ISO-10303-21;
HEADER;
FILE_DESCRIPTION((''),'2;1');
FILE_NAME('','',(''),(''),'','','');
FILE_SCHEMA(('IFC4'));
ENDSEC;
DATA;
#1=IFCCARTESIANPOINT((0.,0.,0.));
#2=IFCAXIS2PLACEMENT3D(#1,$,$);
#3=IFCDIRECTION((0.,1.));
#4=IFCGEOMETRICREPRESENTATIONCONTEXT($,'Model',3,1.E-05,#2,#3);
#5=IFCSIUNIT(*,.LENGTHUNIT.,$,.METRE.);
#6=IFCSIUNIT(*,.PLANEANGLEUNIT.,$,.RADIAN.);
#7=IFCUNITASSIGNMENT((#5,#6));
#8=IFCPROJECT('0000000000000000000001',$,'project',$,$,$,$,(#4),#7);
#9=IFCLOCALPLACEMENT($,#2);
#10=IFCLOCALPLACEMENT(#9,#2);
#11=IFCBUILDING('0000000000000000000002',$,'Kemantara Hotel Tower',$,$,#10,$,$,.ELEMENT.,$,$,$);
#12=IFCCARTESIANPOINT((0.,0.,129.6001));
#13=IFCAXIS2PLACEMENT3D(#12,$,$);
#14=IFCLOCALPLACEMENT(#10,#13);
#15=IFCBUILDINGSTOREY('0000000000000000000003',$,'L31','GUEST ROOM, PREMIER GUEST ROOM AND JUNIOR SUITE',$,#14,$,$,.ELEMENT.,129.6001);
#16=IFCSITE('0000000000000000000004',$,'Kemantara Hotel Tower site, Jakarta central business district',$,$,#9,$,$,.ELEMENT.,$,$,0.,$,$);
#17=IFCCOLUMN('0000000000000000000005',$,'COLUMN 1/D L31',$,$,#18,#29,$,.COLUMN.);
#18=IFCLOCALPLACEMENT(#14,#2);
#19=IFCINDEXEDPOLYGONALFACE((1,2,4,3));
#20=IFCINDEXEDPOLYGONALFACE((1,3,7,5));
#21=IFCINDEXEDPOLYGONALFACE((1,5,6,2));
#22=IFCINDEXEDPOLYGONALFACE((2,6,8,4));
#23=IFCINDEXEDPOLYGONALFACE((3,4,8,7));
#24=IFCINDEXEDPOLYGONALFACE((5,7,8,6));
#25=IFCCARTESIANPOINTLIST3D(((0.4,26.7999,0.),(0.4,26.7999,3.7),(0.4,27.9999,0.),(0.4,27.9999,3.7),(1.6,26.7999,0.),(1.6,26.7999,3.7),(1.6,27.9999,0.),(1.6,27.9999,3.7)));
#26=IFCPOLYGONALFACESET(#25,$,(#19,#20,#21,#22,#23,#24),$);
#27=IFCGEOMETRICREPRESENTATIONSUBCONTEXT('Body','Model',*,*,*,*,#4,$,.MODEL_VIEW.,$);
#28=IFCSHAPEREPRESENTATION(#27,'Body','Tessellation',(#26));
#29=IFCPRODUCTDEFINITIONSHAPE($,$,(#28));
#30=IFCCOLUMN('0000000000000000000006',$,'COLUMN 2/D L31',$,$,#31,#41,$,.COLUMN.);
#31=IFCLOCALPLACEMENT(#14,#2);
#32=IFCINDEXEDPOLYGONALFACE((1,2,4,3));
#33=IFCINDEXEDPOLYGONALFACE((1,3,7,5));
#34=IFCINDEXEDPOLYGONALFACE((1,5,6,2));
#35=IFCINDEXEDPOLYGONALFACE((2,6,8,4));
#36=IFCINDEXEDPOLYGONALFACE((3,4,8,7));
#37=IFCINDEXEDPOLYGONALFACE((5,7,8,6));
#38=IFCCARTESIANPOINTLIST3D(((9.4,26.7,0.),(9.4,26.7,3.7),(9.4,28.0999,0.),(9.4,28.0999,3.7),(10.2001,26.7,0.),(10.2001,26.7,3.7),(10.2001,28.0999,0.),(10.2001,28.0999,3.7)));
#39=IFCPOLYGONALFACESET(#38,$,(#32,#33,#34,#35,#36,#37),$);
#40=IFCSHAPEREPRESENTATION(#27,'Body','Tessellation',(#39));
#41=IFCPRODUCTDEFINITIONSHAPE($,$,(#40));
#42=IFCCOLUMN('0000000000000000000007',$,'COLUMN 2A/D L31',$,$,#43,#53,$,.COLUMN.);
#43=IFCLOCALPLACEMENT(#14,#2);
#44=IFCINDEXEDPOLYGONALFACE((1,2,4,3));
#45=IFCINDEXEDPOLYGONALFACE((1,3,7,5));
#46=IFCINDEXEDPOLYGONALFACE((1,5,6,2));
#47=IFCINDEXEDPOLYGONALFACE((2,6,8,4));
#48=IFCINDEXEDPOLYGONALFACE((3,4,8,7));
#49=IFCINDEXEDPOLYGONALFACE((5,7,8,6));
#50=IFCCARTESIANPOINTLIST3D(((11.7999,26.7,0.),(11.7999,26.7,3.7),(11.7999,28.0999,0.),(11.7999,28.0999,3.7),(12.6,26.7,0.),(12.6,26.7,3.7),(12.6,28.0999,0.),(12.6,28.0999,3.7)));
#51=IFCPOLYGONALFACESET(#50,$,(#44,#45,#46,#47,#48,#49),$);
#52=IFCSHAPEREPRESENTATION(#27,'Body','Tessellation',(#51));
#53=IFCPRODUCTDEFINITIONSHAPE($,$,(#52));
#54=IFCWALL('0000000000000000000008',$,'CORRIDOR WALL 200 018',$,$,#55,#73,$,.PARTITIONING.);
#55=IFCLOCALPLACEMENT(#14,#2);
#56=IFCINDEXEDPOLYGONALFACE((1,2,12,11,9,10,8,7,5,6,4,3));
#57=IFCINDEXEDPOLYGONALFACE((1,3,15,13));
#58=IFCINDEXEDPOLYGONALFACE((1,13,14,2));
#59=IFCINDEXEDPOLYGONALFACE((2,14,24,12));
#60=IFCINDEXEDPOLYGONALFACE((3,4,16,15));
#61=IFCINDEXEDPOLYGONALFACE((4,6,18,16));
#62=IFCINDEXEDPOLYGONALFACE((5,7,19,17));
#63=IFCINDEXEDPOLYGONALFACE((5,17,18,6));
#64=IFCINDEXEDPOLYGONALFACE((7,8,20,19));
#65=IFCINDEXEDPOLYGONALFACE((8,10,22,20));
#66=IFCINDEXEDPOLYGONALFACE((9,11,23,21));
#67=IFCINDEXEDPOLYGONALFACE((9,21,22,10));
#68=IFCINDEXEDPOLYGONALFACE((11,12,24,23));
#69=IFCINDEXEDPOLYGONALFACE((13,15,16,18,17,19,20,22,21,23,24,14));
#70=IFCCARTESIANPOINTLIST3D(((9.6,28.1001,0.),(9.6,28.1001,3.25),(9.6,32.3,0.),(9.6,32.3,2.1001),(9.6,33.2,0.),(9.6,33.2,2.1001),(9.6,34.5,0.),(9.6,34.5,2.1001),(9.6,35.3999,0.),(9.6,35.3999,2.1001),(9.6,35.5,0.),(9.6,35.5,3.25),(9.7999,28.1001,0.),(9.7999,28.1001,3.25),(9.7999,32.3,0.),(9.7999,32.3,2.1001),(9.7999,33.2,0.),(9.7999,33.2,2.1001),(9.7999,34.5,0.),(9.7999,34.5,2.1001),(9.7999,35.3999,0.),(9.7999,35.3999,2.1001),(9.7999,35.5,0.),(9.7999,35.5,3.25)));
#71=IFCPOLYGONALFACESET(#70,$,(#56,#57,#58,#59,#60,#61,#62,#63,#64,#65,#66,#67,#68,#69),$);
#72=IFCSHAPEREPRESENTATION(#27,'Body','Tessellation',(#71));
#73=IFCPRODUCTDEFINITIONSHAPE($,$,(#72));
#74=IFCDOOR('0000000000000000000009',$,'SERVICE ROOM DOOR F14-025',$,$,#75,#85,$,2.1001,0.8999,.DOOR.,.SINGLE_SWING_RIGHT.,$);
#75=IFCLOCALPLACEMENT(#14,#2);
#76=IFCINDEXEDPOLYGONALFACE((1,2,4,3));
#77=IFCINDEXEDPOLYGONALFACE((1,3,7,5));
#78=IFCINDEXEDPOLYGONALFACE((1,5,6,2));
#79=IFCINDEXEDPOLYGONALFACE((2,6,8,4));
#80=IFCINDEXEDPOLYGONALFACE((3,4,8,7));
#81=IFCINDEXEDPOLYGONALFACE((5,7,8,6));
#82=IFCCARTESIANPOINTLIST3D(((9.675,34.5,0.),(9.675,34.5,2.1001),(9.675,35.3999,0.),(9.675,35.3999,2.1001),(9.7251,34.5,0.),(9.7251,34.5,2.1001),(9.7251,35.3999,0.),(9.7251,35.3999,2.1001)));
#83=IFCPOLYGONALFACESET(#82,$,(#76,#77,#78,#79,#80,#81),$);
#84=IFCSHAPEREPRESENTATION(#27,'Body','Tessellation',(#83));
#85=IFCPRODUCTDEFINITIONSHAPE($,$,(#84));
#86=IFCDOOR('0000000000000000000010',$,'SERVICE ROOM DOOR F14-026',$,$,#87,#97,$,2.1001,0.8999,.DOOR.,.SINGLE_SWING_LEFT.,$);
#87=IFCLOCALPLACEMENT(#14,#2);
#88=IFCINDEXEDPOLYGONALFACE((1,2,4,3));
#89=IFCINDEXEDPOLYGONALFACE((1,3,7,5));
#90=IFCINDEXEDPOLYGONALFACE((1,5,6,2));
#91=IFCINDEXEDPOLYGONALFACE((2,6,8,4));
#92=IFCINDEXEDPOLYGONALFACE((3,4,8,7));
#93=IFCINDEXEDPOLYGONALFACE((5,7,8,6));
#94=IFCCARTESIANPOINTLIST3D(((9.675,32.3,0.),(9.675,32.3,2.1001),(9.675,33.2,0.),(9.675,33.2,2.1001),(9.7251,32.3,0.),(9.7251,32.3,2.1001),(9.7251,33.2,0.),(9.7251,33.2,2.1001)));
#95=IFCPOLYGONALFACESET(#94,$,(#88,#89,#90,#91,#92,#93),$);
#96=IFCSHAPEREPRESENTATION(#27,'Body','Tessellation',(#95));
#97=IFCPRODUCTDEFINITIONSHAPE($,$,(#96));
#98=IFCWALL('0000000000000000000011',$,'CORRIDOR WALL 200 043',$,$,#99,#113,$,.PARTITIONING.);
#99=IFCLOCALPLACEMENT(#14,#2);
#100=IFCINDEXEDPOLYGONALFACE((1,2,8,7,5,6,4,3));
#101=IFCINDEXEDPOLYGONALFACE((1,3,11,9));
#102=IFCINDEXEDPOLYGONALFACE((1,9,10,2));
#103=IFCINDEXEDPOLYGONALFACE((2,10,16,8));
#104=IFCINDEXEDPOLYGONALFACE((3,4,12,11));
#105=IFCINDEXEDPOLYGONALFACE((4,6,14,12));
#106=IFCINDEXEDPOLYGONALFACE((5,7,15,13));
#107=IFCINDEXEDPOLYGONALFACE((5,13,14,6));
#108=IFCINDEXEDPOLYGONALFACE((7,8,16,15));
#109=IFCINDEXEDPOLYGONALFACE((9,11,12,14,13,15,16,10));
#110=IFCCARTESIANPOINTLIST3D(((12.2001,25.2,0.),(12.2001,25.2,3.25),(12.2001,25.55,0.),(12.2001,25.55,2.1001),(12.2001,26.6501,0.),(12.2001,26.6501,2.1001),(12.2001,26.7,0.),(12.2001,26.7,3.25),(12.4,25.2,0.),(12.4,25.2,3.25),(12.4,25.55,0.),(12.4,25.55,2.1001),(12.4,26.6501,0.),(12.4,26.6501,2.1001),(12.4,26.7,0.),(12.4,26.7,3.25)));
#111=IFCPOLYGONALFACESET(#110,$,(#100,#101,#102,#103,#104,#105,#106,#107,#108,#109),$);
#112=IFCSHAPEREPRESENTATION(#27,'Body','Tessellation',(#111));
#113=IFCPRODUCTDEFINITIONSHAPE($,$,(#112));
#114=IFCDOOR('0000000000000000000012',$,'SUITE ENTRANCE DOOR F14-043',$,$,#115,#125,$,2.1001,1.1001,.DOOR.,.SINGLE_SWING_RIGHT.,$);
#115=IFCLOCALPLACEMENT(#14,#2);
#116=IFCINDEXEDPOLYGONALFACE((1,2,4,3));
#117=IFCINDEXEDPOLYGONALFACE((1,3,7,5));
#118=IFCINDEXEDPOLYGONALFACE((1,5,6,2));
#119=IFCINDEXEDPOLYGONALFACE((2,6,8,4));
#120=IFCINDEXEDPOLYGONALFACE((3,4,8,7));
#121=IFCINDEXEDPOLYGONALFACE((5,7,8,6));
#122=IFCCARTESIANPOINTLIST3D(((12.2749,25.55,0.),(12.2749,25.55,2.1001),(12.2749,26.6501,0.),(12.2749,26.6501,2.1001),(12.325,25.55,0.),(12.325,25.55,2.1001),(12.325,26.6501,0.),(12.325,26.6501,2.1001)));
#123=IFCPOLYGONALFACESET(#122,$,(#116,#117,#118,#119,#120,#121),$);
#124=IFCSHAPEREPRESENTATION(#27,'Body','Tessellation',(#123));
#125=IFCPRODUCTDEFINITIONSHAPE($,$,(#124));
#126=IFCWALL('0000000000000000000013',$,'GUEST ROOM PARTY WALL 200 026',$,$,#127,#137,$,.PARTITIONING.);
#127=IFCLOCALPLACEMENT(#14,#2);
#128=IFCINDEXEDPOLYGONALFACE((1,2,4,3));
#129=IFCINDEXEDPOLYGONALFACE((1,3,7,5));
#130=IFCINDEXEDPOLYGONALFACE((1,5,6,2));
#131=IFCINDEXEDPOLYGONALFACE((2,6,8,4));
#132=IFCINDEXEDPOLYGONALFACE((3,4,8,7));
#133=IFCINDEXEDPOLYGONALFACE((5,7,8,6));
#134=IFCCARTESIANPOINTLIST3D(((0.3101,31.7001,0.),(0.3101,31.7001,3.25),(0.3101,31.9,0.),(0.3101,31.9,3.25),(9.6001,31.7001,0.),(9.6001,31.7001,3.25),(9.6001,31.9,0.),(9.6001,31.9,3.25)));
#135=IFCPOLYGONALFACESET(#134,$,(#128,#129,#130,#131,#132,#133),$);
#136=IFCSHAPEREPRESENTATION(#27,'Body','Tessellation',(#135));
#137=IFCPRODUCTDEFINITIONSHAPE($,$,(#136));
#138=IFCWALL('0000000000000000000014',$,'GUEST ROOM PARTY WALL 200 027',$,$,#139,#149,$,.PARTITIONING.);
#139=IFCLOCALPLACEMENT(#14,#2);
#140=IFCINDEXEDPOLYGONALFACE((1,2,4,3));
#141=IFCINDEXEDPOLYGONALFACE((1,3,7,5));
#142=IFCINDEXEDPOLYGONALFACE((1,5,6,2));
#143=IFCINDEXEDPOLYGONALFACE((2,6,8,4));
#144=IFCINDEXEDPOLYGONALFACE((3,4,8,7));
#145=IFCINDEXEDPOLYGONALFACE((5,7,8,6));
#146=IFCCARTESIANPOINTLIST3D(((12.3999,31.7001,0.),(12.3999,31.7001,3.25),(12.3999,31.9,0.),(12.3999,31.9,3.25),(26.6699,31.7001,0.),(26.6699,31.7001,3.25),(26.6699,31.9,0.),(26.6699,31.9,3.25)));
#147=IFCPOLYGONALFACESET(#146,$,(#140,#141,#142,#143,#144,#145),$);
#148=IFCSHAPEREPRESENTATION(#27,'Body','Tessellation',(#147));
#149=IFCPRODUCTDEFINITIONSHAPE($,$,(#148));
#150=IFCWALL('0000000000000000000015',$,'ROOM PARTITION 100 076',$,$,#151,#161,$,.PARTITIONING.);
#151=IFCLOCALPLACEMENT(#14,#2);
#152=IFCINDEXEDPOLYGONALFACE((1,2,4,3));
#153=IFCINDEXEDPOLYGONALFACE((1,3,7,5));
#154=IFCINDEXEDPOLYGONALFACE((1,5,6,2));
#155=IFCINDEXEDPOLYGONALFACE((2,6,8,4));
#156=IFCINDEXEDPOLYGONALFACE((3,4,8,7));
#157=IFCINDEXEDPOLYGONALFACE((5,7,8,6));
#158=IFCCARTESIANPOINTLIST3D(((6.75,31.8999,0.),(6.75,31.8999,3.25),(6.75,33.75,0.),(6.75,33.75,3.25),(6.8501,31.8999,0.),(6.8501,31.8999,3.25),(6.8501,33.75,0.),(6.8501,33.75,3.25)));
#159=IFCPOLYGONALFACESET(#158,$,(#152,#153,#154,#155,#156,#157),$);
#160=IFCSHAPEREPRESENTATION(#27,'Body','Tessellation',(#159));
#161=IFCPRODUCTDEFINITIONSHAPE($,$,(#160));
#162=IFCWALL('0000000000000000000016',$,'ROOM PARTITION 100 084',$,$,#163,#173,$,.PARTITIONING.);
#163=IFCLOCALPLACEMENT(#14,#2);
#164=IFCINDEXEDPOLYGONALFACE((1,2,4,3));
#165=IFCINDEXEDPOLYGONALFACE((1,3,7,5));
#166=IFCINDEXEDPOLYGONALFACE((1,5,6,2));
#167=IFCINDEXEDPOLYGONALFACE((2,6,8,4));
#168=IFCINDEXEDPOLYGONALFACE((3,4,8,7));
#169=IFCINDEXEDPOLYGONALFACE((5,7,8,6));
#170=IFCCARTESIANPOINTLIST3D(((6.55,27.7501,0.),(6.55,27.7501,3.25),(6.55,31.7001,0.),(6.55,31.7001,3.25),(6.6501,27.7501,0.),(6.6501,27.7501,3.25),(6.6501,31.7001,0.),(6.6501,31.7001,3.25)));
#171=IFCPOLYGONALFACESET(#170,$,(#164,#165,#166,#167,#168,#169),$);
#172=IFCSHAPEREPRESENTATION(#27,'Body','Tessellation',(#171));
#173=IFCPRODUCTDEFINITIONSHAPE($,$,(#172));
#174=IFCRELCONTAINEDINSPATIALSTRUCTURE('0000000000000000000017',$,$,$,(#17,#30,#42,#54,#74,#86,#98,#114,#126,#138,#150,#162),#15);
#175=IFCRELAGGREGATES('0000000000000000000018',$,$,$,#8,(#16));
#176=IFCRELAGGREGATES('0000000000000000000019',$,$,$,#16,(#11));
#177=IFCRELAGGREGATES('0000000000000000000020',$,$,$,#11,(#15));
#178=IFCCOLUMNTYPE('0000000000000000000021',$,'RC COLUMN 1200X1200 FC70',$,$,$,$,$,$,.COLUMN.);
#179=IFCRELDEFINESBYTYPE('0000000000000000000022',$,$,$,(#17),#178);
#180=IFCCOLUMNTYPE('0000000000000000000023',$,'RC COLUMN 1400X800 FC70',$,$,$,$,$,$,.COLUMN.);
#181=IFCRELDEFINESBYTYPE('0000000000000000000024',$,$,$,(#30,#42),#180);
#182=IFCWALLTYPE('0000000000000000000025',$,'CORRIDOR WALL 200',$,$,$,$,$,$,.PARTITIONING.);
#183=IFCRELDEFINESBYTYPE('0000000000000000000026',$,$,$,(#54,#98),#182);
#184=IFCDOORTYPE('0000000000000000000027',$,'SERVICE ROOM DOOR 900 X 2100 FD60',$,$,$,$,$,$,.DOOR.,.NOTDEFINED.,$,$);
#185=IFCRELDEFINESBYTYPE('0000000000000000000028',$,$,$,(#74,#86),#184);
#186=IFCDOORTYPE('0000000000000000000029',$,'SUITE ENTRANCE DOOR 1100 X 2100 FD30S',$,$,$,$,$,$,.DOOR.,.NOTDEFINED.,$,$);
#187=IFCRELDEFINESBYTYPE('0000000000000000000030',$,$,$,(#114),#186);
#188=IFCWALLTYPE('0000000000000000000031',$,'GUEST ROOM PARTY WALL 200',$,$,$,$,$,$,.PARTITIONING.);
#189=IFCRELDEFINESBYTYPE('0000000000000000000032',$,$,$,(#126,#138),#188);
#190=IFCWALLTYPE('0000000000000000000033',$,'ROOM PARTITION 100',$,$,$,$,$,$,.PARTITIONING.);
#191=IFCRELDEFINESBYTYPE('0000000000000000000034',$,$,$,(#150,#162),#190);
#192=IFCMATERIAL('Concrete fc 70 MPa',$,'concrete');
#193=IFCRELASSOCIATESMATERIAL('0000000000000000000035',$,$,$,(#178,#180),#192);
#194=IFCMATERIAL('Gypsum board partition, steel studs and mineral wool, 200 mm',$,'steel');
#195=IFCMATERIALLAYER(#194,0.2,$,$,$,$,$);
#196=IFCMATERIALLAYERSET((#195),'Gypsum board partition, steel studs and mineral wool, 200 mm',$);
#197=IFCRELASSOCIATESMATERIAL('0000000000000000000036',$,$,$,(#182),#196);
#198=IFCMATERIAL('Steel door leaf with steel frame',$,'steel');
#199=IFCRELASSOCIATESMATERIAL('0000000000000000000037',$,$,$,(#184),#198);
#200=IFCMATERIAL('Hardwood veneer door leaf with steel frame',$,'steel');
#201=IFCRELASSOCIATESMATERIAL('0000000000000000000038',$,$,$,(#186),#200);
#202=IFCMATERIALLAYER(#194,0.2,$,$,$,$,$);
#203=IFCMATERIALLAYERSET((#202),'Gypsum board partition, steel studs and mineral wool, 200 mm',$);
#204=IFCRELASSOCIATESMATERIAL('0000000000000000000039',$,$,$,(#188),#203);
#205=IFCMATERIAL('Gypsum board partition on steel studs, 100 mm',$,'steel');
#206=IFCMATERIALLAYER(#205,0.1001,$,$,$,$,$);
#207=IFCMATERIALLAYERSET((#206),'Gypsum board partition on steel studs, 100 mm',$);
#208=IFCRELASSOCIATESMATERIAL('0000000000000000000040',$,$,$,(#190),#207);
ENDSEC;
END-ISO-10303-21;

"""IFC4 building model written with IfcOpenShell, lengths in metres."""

from ifc_helpers import new_model, si_unit, direction, frame, frame_2d, origin, origin_2d, place, context, subcontext, project, spatial, rectangle, extrude, material, layer, layer_set, material_profile, profile_set, type_object, element, fill, save


model = new_model("IFC4")

# Units and contexts
model_context = context("Model", 3, precision=1e-05, world=origin(), true_north=direction((0.0, 1.0)))
body_context = subcontext(model_context, "Body", "Model", "MODEL_VIEW")
ifc_project = project(units=[si_unit("LENGTHUNIT", "METRE"), si_unit("PLANEANGLEUNIT", "RADIAN")], contexts=[model_context])

# Site, building, storey
site_placement = place(None, origin())
site = spatial("IfcSite", under=ifc_project, at=site_placement, Name="Kemantara Hotel Tower site, Jakarta central business district", CompositionType="ELEMENT", RefElevation=0.0)
building_placement = place(site_placement, origin())
building = spatial("IfcBuilding", under=site, at=building_placement, Name="Kemantara Hotel Tower", CompositionType="ELEMENT")
storey_placement = place(building_placement, frame((0.0, 0.0, 129.6001)))
storey = spatial("IfcBuildingStorey", under=building, at=storey_placement, Name="L31", Description="GUEST ROOM, PREMIER GUEST ROOM AND JUNIOR SUITE", CompositionType="ELEMENT", Elevation=129.6001)

# Columns
ifc_material_1 = material(Name="Concrete fc 70 MPa", Category="concrete")
ifc_material_profile_1 = material_profile(ifc_material_1, rectangle(XDim=1.2, YDim=1.2, at=origin_2d()), Name="RC 1200X1200")
ifc_profile_set_1 = profile_set([ifc_material_profile_1], Name="Concrete fc 70 MPa")
column_type_1 = type_object("IfcColumnType", Name="RC COLUMN 1200X1200 FC70", PredefinedType="COLUMN", material=ifc_profile_set_1)
column_placement = place(storey_placement, frame((1.0, 27.3999, 0.0), z_axis=(0.0, 0.0, 1.0), x_axis=(1.0, 0.0, 0.0)))
element("IfcColumn", 1, at=column_placement, inside=storey, type_object=column_type_1, Name="COLUMN 1/D L31", PredefinedType="COLUMN", context=body_context, shape_type="SweptSolid", body=[
    extrude(rectangle(XDim=1.2, YDim=1.2, at=origin_2d()), origin(), (0.0, 0.0, 1.0), 3.7),
])
ifc_material_profile_2 = material_profile(ifc_material_1, rectangle(XDim=1.3999, YDim=0.8, at=origin_2d()), Name="RC 1400X800")
ifc_profile_set_2 = profile_set([ifc_material_profile_2], Name="Concrete fc 70 MPa")
column_type_2 = type_object("IfcColumnType", Name="RC COLUMN 1400X800 FC70", PredefinedType="COLUMN", material=ifc_profile_set_2)
for number, where, z_axis, x_axis, name in (
    (2, (9.8, 27.3999, 0.0), (0.0, 0.0, 1.0), (0.0, 1.0, 0.0), "COLUMN 2/D L31"),
    (3, (12.2, 27.3999, 0.0), (0.0, 0.0, 1.0), (0.0, 1.0, 0.0), "COLUMN 2A/D L31"),
):
    element("IfcColumn", number, at=place(storey_placement, frame(where, z_axis=z_axis, x_axis=x_axis)), inside=storey, type_object=column_type_2, Name=name, PredefinedType="COLUMN", context=body_context, shape_type="SweptSolid", body=[
        extrude(rectangle(XDim=1.3999, YDim=0.8, at=origin_2d()), origin(), (0.0, 0.0, 1.0), 3.7),
    ])

# Wall, openings, doors
ifc_material_2 = material(Name="Gypsum board partition, steel studs and mineral wool, 200 mm", Category="steel")
ifc_layer_1 = layer(ifc_material_2, 0.2)
ifc_layer_set_1 = layer_set([ifc_layer_1], Name="Gypsum board partition, steel studs and mineral wool, 200 mm")
wall_type_1 = type_object("IfcWallType", Name="CORRIDOR WALL 200", PredefinedType="PARTITIONING", material=ifc_layer_set_1)
wall_1_placement = place(storey_placement, frame((9.7, 28.1001, 0.0), z_axis=(0.0, 0.0, 1.0), x_axis=(0.0, 1.0, 0.0)))
wall_1 = element("IfcWall", 4, at=wall_1_placement, inside=storey, type_object=wall_type_1, Name="CORRIDOR WALL 200 018", PredefinedType="PARTITIONING", context=body_context, shape_type="SweptSolid", body=[
    extrude(rectangle(XDim=7.3999, YDim=0.2, at=frame_2d((3.7, 0.0))), origin(), (0.0, 0.0, 1.0), 3.25),
])
opening_1_placement = place(wall_1_placement, frame((6.3999, 0.0, 0.0)))
opening_1 = element("IfcOpeningElement", 5, at=opening_1_placement, cuts=wall_1, PredefinedType="OPENING", context=body_context, shape_type="SweptSolid", body=[
    extrude(rectangle(XDim=0.8999, YDim=2.1001, at=frame_2d((0.45, 1.05))), frame((0.0, 0.1099, 0.0), z_axis=(0.0, -1.0, 0.0), x_axis=(1.0, 0.0, 0.0)), (0.0, 0.0, 1.0), 0.22),
])
opening_2_placement = place(wall_1_placement, frame((4.2, 0.0, 0.0)))
opening_2 = element("IfcOpeningElement", 6, at=opening_2_placement, cuts=wall_1, PredefinedType="OPENING", context=body_context, shape_type="SweptSolid", body=[
    extrude(rectangle(XDim=0.8999, YDim=2.1001, at=frame_2d((0.45, 1.05))), frame((0.0, 0.1099, 0.0), z_axis=(0.0, -1.0, 0.0), x_axis=(1.0, 0.0, 0.0)), (0.0, 0.0, 1.0), 0.22),
])
ifc_material_3 = material(Name="Steel door leaf with steel frame", Category="steel")
door_type_1 = type_object("IfcDoorType", Name="SERVICE ROOM DOOR 900 X 2100 FD60", OperationType="NOTDEFINED", PredefinedType="DOOR", material=ifc_material_3)
door_1_placement = place(opening_1_placement, origin())
door_1 = element("IfcDoor", 7, at=door_1_placement, inside=storey, type_object=door_type_1, Name="SERVICE ROOM DOOR F14-025", OperationType="SINGLE_SWING_RIGHT", OverallHeight=2.1001, OverallWidth=0.8999, PredefinedType="DOOR", context=body_context, shape_type="SweptSolid", body=[
    extrude(rectangle(XDim=0.8999, YDim=2.1001, at=frame_2d((0.45, 1.05))), frame((0.0, 0.0249, 0.0), z_axis=(0.0, -1.0, 0.0), x_axis=(1.0, 0.0, 0.0)), (0.0, 0.0, 1.0), 0.05),
])
fill(opening_1, door_1)
door_2_placement = place(opening_2_placement, origin())
door_2 = element("IfcDoor", 8, at=door_2_placement, inside=storey, type_object=door_type_1, Name="SERVICE ROOM DOOR F14-026", OperationType="SINGLE_SWING_LEFT", OverallHeight=2.1001, OverallWidth=0.8999, PredefinedType="DOOR", context=body_context, shape_type="SweptSolid", body=[
    extrude(rectangle(XDim=0.8999, YDim=2.1001, at=frame_2d((0.45, 1.05))), frame((0.0, 0.0249, 0.0), z_axis=(0.0, -1.0, 0.0), x_axis=(1.0, 0.0, 0.0)), (0.0, 0.0, 1.0), 0.05),
])
fill(opening_2, door_2)

# Wall, opening, door
wall_2_placement = place(storey_placement, frame((12.3, 26.7, 0.0), z_axis=(0.0, 0.0, 1.0), x_axis=(0.0, -1.0, 0.0)))
wall_2 = element("IfcWall", 9, at=wall_2_placement, inside=storey, type_object=wall_type_1, Name="CORRIDOR WALL 200 043", PredefinedType="PARTITIONING", context=body_context, shape_type="SweptSolid", body=[
    extrude(rectangle(XDim=1.5, YDim=0.2, at=frame_2d((0.75, 0.0))), origin(), (0.0, 0.0, 1.0), 3.25),
])
opening_3_placement = place(wall_2_placement, frame((0.0498, 0.0, 0.0)))
opening_3 = element("IfcOpeningElement", 10, at=opening_3_placement, cuts=wall_2, PredefinedType="OPENING", context=body_context, shape_type="SweptSolid", body=[
    extrude(rectangle(XDim=1.1001, YDim=2.1001, at=frame_2d((0.55, 1.05))), frame((0.0, 0.1099, 0.0), z_axis=(0.0, -1.0, 0.0), x_axis=(1.0, 0.0, 0.0)), (0.0, 0.0, 1.0), 0.22),
])
ifc_material_4 = material(Name="Hardwood veneer door leaf with steel frame", Category="steel")
door_type_2 = type_object("IfcDoorType", Name="SUITE ENTRANCE DOOR 1100 X 2100 FD30S", OperationType="NOTDEFINED", PredefinedType="DOOR", material=ifc_material_4)
door_3_placement = place(opening_3_placement, origin())
door_3 = element("IfcDoor", 11, at=door_3_placement, inside=storey, type_object=door_type_2, Name="SUITE ENTRANCE DOOR F14-043", OperationType="SINGLE_SWING_RIGHT", OverallHeight=2.1001, OverallWidth=1.1001, PredefinedType="DOOR", context=body_context, shape_type="SweptSolid", body=[
    extrude(rectangle(XDim=1.1001, YDim=2.1001, at=frame_2d((0.55, 1.05))), frame((0.0, 0.0249, 0.0), z_axis=(0.0, -1.0, 0.0), x_axis=(1.0, 0.0, 0.0)), (0.0, 0.0, 1.0), 0.05),
])
fill(opening_3, door_3)

# Walls
ifc_layer_2 = layer(ifc_material_2, 0.2)
ifc_layer_set_2 = layer_set([ifc_layer_2], Name="Gypsum board partition, steel studs and mineral wool, 200 mm")
wall_type_2 = type_object("IfcWallType", Name="GUEST ROOM PARTY WALL 200", PredefinedType="PARTITIONING", material=ifc_layer_set_2)
wall_3_placement = place(storey_placement, frame((0.3101, 31.8, 0.0), z_axis=(0.0, 0.0, 1.0), x_axis=(1.0, 0.0, 0.0)))
element("IfcWall", 12, at=wall_3_placement, inside=storey, type_object=wall_type_2, Name="GUEST ROOM PARTY WALL 200 026", PredefinedType="PARTITIONING", context=body_context, shape_type="SweptSolid", body=[
    extrude(rectangle(XDim=9.29, YDim=0.2, at=frame_2d((4.645, 0.0))), origin(), (0.0, 0.0, 1.0), 3.25),
])
wall_4_placement = place(storey_placement, frame((12.3999, 31.8, 0.0), z_axis=(0.0, 0.0, 1.0), x_axis=(1.0, 0.0, 0.0)))
element("IfcWall", 13, at=wall_4_placement, inside=storey, type_object=wall_type_2, Name="GUEST ROOM PARTY WALL 200 027", PredefinedType="PARTITIONING", context=body_context, shape_type="SweptSolid", body=[
    extrude(rectangle(XDim=14.27, YDim=0.2, at=frame_2d((7.135, 0.0))), origin(), (0.0, 0.0, 1.0), 3.25),
])
ifc_material_5 = material(Name="Gypsum board partition on steel studs, 100 mm", Category="steel")
ifc_layer_3 = layer(ifc_material_5, 0.1001)
ifc_layer_set_3 = layer_set([ifc_layer_3], Name="Gypsum board partition on steel studs, 100 mm")
wall_type_3 = type_object("IfcWallType", Name="ROOM PARTITION 100", PredefinedType="PARTITIONING", material=ifc_layer_set_3)
wall_5_placement = place(storey_placement, frame((6.8, 31.8999, 0.0), z_axis=(0.0, 0.0, 1.0), x_axis=(0.0, 1.0, 0.0)))
element("IfcWall", 14, at=wall_5_placement, inside=storey, type_object=wall_type_3, Name="ROOM PARTITION 100 076", PredefinedType="PARTITIONING", context=body_context, shape_type="SweptSolid", body=[
    extrude(rectangle(XDim=1.8501, YDim=0.1001, at=frame_2d((0.925, 0.0))), origin(), (0.0, 0.0, 1.0), 3.25),
])
wall_6_placement = place(storey_placement, frame((6.6001, 27.75, 0.0), z_axis=(0.0, 0.0, 1.0), x_axis=(0.0, 1.0, 0.0)))
element("IfcWall", 15, at=wall_6_placement, inside=storey, type_object=wall_type_3, Name="ROOM PARTITION 100 084", PredefinedType="PARTITIONING", context=body_context, shape_type="SweptSolid", body=[
    extrude(rectangle(XDim=3.95, YDim=0.1001, at=frame_2d((1.9751, 0.0))), origin(), (0.0, 0.0, 1.0), 3.25),
])

save(model, "model.ifc")
